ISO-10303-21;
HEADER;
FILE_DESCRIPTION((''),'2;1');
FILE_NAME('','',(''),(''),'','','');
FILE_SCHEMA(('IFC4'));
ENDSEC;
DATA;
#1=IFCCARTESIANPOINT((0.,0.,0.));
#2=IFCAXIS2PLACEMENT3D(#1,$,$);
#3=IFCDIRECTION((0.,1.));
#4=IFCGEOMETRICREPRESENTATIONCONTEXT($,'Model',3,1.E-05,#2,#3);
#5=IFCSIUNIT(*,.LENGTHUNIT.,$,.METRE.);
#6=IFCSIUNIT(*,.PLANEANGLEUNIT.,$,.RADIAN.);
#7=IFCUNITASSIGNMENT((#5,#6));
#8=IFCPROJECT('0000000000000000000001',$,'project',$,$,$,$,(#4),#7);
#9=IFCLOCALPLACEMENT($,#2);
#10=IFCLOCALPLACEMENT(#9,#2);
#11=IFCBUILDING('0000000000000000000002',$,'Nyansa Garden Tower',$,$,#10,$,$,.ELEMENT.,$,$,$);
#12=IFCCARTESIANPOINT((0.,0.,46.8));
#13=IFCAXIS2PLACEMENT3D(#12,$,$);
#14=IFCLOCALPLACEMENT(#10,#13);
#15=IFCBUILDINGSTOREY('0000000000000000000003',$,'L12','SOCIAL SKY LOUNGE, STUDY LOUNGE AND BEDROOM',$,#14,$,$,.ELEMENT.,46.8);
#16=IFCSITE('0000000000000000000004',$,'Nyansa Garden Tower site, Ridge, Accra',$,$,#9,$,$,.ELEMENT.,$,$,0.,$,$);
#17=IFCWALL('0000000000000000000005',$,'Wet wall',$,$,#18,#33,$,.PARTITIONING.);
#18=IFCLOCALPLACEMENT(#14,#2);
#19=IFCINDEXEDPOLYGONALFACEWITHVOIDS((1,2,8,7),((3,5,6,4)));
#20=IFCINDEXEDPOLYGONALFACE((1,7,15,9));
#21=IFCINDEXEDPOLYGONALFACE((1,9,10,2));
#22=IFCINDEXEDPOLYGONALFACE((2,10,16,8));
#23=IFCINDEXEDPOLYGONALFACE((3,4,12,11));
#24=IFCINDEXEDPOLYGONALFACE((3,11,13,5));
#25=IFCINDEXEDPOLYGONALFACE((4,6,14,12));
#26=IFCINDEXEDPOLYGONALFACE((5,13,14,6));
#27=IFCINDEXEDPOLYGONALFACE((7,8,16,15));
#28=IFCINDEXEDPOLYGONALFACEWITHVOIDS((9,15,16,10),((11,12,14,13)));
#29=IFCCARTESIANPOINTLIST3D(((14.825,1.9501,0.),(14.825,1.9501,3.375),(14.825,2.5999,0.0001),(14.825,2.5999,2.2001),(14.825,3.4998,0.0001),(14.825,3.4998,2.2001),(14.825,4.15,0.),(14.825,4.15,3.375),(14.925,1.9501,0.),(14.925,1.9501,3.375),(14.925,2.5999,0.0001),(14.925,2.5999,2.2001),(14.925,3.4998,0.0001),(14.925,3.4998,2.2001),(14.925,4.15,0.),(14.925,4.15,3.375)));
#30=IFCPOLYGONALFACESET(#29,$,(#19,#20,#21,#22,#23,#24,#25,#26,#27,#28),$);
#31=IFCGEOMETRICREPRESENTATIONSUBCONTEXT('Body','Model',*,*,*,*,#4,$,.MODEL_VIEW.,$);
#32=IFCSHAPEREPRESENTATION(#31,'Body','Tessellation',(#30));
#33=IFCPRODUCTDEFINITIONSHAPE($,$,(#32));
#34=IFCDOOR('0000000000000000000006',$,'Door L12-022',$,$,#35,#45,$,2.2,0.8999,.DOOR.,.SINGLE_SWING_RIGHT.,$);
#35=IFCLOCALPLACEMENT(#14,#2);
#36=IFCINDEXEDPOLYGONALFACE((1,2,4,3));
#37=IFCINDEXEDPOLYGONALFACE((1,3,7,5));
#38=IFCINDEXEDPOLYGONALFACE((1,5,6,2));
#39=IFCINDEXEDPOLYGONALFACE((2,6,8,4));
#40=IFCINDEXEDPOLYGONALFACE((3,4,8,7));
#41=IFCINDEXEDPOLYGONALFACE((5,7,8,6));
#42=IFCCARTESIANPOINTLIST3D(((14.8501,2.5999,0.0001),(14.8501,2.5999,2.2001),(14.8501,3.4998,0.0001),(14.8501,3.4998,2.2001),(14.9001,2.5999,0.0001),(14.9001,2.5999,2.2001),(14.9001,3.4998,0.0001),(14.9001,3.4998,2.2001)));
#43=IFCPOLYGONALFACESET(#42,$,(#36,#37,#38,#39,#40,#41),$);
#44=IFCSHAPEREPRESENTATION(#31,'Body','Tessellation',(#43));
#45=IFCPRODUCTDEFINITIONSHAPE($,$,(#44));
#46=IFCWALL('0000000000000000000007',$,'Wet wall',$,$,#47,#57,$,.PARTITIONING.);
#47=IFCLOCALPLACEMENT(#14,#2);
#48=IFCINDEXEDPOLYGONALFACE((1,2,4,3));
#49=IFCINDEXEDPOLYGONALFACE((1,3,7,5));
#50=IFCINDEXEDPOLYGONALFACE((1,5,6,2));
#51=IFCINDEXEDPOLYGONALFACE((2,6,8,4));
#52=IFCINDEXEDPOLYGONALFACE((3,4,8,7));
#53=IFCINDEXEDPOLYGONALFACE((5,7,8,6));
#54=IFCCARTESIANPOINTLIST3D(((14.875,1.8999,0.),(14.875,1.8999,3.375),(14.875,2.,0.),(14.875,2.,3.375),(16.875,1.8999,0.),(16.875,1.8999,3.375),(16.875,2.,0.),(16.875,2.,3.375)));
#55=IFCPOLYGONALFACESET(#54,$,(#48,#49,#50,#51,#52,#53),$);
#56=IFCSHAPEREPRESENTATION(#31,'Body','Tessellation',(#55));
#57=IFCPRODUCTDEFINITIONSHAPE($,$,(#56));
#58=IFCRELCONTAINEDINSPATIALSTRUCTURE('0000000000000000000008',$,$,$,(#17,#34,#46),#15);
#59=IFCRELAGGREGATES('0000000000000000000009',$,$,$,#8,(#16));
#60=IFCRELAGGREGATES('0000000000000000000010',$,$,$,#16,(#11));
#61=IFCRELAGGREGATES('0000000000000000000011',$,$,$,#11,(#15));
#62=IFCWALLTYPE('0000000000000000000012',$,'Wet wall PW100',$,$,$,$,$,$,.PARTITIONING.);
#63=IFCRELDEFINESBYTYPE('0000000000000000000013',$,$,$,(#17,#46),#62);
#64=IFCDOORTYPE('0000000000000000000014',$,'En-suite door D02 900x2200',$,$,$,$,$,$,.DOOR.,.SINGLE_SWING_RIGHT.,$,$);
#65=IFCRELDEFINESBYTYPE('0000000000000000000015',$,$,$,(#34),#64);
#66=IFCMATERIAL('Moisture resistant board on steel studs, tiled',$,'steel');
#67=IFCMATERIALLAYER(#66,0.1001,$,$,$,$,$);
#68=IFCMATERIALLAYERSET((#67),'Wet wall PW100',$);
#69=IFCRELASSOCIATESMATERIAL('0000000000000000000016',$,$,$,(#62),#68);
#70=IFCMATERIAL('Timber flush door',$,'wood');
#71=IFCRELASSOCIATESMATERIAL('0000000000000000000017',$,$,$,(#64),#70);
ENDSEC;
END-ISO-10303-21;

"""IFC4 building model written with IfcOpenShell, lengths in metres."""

from ifc_helpers import new_model, si_unit, direction, frame, frame_2d, origin, place, context, subcontext, project, spatial, rectangle, extrude, material, layer, layer_set, type_object, element, fill, save


model = new_model("IFC4")

# Units and contexts
model_context = context("Model", 3, precision=1e-05, world=origin(), true_north=direction((0.0, 1.0)))
body_context = subcontext(model_context, "Body", "Model", "MODEL_VIEW")
ifc_project = project(units=[si_unit("LENGTHUNIT", "METRE"), si_unit("PLANEANGLEUNIT", "RADIAN")], contexts=[model_context])

# Site, building, storey
site_placement = place(None, origin())
site = spatial("IfcSite", under=ifc_project, at=site_placement, Name="Nyansa Garden Tower site, Ridge, Accra", CompositionType="ELEMENT", RefElevation=0.0)
building_placement = place(site_placement, origin())
building = spatial("IfcBuilding", under=site, at=building_placement, Name="Nyansa Garden Tower", CompositionType="ELEMENT")
storey_placement = place(building_placement, frame((0.0, 0.0, 46.8)))
storey = spatial("IfcBuildingStorey", under=building, at=storey_placement, Name="L12", Description="SOCIAL SKY LOUNGE, STUDY LOUNGE AND BEDROOM", CompositionType="ELEMENT", Elevation=46.8)

# Shared definitions
ifc_material_1 = material(Name="Moisture resistant board on steel studs, tiled", Category="steel")
ifc_layer_1 = layer(ifc_material_1, 0.1001)
ifc_layer_set_1 = layer_set([ifc_layer_1], Name="Wet wall PW100")
wall_type_1 = type_object("IfcWallType", Name="Wet wall PW100", PredefinedType="PARTITIONING", material=ifc_layer_set_1)

# Wall, opening, door
wall_1_placement = place(storey_placement, frame((14.875, 1.95, 0.0), z_axis=(0.0, 0.0, 1.0), x_axis=(0.0, 1.0, 0.0)))
wall_1 = element("IfcWall", 1, at=wall_1_placement, inside=storey, type_object=wall_type_1, Name="Wet wall", PredefinedType="PARTITIONING", context=body_context, shape_type="SweptSolid", body=[
    extrude(rectangle(XDim=2.2, YDim=0.1001, at=frame_2d((1.1001, 0.0))), origin(), (0.0, 0.0, 1.0), 3.375),
])
opening_1_placement = place(wall_1_placement, frame((0.6499, 0.0, 0.0)))
opening_1 = element("IfcOpeningElement", 2, at=opening_1_placement, cuts=wall_1, PredefinedType="OPENING", context=body_context, shape_type="SweptSolid", body=[
    extrude(rectangle(XDim=0.8999, YDim=2.2, at=frame_2d((0.45, 1.1001))), frame((0.0, 0.0601, 0.0), z_axis=(0.0, -1.0, 0.0), x_axis=(1.0, 0.0, 0.0)), (0.0, 0.0, 1.0), 0.1201),
])
ifc_material_2 = material(Name="Timber flush door", Category="wood")
door_type_1 = type_object("IfcDoorType", Name="En-suite door D02 900x2200", OperationType="SINGLE_SWING_RIGHT", PredefinedType="DOOR", material=ifc_material_2)
door_1_placement = place(opening_1_placement, origin())
door_1 = element("IfcDoor", 3, at=door_1_placement, inside=storey, type_object=door_type_1, Name="Door L12-022", OperationType="SINGLE_SWING_RIGHT", OverallHeight=2.2, OverallWidth=0.8999, PredefinedType="DOOR", context=body_context, shape_type="SweptSolid", body=[
    extrude(rectangle(XDim=0.8999, YDim=2.2, at=frame_2d((0.45, 1.1001))), frame((0.0, 0.0249, 0.0), z_axis=(0.0, -1.0, 0.0), x_axis=(1.0, 0.0, 0.0)), (0.0, 0.0, 1.0), 0.05),
])
fill(opening_1, door_1)

# Wall
wall_2_placement = place(storey_placement, frame((14.875, 1.95, 0.0), z_axis=(0.0, 0.0, 1.0), x_axis=(1.0, 0.0, 0.0)))
element("IfcWall", 4, at=wall_2_placement, inside=storey, type_object=wall_type_1, Name="Wet wall", PredefinedType="PARTITIONING", context=body_context, shape_type="SweptSolid", body=[
    extrude(rectangle(XDim=2.0, YDim=0.1001, at=frame_2d((1.0, 0.0))), origin(), (0.0, 0.0, 1.0), 3.375),
])

save(model, "model.ifc")
